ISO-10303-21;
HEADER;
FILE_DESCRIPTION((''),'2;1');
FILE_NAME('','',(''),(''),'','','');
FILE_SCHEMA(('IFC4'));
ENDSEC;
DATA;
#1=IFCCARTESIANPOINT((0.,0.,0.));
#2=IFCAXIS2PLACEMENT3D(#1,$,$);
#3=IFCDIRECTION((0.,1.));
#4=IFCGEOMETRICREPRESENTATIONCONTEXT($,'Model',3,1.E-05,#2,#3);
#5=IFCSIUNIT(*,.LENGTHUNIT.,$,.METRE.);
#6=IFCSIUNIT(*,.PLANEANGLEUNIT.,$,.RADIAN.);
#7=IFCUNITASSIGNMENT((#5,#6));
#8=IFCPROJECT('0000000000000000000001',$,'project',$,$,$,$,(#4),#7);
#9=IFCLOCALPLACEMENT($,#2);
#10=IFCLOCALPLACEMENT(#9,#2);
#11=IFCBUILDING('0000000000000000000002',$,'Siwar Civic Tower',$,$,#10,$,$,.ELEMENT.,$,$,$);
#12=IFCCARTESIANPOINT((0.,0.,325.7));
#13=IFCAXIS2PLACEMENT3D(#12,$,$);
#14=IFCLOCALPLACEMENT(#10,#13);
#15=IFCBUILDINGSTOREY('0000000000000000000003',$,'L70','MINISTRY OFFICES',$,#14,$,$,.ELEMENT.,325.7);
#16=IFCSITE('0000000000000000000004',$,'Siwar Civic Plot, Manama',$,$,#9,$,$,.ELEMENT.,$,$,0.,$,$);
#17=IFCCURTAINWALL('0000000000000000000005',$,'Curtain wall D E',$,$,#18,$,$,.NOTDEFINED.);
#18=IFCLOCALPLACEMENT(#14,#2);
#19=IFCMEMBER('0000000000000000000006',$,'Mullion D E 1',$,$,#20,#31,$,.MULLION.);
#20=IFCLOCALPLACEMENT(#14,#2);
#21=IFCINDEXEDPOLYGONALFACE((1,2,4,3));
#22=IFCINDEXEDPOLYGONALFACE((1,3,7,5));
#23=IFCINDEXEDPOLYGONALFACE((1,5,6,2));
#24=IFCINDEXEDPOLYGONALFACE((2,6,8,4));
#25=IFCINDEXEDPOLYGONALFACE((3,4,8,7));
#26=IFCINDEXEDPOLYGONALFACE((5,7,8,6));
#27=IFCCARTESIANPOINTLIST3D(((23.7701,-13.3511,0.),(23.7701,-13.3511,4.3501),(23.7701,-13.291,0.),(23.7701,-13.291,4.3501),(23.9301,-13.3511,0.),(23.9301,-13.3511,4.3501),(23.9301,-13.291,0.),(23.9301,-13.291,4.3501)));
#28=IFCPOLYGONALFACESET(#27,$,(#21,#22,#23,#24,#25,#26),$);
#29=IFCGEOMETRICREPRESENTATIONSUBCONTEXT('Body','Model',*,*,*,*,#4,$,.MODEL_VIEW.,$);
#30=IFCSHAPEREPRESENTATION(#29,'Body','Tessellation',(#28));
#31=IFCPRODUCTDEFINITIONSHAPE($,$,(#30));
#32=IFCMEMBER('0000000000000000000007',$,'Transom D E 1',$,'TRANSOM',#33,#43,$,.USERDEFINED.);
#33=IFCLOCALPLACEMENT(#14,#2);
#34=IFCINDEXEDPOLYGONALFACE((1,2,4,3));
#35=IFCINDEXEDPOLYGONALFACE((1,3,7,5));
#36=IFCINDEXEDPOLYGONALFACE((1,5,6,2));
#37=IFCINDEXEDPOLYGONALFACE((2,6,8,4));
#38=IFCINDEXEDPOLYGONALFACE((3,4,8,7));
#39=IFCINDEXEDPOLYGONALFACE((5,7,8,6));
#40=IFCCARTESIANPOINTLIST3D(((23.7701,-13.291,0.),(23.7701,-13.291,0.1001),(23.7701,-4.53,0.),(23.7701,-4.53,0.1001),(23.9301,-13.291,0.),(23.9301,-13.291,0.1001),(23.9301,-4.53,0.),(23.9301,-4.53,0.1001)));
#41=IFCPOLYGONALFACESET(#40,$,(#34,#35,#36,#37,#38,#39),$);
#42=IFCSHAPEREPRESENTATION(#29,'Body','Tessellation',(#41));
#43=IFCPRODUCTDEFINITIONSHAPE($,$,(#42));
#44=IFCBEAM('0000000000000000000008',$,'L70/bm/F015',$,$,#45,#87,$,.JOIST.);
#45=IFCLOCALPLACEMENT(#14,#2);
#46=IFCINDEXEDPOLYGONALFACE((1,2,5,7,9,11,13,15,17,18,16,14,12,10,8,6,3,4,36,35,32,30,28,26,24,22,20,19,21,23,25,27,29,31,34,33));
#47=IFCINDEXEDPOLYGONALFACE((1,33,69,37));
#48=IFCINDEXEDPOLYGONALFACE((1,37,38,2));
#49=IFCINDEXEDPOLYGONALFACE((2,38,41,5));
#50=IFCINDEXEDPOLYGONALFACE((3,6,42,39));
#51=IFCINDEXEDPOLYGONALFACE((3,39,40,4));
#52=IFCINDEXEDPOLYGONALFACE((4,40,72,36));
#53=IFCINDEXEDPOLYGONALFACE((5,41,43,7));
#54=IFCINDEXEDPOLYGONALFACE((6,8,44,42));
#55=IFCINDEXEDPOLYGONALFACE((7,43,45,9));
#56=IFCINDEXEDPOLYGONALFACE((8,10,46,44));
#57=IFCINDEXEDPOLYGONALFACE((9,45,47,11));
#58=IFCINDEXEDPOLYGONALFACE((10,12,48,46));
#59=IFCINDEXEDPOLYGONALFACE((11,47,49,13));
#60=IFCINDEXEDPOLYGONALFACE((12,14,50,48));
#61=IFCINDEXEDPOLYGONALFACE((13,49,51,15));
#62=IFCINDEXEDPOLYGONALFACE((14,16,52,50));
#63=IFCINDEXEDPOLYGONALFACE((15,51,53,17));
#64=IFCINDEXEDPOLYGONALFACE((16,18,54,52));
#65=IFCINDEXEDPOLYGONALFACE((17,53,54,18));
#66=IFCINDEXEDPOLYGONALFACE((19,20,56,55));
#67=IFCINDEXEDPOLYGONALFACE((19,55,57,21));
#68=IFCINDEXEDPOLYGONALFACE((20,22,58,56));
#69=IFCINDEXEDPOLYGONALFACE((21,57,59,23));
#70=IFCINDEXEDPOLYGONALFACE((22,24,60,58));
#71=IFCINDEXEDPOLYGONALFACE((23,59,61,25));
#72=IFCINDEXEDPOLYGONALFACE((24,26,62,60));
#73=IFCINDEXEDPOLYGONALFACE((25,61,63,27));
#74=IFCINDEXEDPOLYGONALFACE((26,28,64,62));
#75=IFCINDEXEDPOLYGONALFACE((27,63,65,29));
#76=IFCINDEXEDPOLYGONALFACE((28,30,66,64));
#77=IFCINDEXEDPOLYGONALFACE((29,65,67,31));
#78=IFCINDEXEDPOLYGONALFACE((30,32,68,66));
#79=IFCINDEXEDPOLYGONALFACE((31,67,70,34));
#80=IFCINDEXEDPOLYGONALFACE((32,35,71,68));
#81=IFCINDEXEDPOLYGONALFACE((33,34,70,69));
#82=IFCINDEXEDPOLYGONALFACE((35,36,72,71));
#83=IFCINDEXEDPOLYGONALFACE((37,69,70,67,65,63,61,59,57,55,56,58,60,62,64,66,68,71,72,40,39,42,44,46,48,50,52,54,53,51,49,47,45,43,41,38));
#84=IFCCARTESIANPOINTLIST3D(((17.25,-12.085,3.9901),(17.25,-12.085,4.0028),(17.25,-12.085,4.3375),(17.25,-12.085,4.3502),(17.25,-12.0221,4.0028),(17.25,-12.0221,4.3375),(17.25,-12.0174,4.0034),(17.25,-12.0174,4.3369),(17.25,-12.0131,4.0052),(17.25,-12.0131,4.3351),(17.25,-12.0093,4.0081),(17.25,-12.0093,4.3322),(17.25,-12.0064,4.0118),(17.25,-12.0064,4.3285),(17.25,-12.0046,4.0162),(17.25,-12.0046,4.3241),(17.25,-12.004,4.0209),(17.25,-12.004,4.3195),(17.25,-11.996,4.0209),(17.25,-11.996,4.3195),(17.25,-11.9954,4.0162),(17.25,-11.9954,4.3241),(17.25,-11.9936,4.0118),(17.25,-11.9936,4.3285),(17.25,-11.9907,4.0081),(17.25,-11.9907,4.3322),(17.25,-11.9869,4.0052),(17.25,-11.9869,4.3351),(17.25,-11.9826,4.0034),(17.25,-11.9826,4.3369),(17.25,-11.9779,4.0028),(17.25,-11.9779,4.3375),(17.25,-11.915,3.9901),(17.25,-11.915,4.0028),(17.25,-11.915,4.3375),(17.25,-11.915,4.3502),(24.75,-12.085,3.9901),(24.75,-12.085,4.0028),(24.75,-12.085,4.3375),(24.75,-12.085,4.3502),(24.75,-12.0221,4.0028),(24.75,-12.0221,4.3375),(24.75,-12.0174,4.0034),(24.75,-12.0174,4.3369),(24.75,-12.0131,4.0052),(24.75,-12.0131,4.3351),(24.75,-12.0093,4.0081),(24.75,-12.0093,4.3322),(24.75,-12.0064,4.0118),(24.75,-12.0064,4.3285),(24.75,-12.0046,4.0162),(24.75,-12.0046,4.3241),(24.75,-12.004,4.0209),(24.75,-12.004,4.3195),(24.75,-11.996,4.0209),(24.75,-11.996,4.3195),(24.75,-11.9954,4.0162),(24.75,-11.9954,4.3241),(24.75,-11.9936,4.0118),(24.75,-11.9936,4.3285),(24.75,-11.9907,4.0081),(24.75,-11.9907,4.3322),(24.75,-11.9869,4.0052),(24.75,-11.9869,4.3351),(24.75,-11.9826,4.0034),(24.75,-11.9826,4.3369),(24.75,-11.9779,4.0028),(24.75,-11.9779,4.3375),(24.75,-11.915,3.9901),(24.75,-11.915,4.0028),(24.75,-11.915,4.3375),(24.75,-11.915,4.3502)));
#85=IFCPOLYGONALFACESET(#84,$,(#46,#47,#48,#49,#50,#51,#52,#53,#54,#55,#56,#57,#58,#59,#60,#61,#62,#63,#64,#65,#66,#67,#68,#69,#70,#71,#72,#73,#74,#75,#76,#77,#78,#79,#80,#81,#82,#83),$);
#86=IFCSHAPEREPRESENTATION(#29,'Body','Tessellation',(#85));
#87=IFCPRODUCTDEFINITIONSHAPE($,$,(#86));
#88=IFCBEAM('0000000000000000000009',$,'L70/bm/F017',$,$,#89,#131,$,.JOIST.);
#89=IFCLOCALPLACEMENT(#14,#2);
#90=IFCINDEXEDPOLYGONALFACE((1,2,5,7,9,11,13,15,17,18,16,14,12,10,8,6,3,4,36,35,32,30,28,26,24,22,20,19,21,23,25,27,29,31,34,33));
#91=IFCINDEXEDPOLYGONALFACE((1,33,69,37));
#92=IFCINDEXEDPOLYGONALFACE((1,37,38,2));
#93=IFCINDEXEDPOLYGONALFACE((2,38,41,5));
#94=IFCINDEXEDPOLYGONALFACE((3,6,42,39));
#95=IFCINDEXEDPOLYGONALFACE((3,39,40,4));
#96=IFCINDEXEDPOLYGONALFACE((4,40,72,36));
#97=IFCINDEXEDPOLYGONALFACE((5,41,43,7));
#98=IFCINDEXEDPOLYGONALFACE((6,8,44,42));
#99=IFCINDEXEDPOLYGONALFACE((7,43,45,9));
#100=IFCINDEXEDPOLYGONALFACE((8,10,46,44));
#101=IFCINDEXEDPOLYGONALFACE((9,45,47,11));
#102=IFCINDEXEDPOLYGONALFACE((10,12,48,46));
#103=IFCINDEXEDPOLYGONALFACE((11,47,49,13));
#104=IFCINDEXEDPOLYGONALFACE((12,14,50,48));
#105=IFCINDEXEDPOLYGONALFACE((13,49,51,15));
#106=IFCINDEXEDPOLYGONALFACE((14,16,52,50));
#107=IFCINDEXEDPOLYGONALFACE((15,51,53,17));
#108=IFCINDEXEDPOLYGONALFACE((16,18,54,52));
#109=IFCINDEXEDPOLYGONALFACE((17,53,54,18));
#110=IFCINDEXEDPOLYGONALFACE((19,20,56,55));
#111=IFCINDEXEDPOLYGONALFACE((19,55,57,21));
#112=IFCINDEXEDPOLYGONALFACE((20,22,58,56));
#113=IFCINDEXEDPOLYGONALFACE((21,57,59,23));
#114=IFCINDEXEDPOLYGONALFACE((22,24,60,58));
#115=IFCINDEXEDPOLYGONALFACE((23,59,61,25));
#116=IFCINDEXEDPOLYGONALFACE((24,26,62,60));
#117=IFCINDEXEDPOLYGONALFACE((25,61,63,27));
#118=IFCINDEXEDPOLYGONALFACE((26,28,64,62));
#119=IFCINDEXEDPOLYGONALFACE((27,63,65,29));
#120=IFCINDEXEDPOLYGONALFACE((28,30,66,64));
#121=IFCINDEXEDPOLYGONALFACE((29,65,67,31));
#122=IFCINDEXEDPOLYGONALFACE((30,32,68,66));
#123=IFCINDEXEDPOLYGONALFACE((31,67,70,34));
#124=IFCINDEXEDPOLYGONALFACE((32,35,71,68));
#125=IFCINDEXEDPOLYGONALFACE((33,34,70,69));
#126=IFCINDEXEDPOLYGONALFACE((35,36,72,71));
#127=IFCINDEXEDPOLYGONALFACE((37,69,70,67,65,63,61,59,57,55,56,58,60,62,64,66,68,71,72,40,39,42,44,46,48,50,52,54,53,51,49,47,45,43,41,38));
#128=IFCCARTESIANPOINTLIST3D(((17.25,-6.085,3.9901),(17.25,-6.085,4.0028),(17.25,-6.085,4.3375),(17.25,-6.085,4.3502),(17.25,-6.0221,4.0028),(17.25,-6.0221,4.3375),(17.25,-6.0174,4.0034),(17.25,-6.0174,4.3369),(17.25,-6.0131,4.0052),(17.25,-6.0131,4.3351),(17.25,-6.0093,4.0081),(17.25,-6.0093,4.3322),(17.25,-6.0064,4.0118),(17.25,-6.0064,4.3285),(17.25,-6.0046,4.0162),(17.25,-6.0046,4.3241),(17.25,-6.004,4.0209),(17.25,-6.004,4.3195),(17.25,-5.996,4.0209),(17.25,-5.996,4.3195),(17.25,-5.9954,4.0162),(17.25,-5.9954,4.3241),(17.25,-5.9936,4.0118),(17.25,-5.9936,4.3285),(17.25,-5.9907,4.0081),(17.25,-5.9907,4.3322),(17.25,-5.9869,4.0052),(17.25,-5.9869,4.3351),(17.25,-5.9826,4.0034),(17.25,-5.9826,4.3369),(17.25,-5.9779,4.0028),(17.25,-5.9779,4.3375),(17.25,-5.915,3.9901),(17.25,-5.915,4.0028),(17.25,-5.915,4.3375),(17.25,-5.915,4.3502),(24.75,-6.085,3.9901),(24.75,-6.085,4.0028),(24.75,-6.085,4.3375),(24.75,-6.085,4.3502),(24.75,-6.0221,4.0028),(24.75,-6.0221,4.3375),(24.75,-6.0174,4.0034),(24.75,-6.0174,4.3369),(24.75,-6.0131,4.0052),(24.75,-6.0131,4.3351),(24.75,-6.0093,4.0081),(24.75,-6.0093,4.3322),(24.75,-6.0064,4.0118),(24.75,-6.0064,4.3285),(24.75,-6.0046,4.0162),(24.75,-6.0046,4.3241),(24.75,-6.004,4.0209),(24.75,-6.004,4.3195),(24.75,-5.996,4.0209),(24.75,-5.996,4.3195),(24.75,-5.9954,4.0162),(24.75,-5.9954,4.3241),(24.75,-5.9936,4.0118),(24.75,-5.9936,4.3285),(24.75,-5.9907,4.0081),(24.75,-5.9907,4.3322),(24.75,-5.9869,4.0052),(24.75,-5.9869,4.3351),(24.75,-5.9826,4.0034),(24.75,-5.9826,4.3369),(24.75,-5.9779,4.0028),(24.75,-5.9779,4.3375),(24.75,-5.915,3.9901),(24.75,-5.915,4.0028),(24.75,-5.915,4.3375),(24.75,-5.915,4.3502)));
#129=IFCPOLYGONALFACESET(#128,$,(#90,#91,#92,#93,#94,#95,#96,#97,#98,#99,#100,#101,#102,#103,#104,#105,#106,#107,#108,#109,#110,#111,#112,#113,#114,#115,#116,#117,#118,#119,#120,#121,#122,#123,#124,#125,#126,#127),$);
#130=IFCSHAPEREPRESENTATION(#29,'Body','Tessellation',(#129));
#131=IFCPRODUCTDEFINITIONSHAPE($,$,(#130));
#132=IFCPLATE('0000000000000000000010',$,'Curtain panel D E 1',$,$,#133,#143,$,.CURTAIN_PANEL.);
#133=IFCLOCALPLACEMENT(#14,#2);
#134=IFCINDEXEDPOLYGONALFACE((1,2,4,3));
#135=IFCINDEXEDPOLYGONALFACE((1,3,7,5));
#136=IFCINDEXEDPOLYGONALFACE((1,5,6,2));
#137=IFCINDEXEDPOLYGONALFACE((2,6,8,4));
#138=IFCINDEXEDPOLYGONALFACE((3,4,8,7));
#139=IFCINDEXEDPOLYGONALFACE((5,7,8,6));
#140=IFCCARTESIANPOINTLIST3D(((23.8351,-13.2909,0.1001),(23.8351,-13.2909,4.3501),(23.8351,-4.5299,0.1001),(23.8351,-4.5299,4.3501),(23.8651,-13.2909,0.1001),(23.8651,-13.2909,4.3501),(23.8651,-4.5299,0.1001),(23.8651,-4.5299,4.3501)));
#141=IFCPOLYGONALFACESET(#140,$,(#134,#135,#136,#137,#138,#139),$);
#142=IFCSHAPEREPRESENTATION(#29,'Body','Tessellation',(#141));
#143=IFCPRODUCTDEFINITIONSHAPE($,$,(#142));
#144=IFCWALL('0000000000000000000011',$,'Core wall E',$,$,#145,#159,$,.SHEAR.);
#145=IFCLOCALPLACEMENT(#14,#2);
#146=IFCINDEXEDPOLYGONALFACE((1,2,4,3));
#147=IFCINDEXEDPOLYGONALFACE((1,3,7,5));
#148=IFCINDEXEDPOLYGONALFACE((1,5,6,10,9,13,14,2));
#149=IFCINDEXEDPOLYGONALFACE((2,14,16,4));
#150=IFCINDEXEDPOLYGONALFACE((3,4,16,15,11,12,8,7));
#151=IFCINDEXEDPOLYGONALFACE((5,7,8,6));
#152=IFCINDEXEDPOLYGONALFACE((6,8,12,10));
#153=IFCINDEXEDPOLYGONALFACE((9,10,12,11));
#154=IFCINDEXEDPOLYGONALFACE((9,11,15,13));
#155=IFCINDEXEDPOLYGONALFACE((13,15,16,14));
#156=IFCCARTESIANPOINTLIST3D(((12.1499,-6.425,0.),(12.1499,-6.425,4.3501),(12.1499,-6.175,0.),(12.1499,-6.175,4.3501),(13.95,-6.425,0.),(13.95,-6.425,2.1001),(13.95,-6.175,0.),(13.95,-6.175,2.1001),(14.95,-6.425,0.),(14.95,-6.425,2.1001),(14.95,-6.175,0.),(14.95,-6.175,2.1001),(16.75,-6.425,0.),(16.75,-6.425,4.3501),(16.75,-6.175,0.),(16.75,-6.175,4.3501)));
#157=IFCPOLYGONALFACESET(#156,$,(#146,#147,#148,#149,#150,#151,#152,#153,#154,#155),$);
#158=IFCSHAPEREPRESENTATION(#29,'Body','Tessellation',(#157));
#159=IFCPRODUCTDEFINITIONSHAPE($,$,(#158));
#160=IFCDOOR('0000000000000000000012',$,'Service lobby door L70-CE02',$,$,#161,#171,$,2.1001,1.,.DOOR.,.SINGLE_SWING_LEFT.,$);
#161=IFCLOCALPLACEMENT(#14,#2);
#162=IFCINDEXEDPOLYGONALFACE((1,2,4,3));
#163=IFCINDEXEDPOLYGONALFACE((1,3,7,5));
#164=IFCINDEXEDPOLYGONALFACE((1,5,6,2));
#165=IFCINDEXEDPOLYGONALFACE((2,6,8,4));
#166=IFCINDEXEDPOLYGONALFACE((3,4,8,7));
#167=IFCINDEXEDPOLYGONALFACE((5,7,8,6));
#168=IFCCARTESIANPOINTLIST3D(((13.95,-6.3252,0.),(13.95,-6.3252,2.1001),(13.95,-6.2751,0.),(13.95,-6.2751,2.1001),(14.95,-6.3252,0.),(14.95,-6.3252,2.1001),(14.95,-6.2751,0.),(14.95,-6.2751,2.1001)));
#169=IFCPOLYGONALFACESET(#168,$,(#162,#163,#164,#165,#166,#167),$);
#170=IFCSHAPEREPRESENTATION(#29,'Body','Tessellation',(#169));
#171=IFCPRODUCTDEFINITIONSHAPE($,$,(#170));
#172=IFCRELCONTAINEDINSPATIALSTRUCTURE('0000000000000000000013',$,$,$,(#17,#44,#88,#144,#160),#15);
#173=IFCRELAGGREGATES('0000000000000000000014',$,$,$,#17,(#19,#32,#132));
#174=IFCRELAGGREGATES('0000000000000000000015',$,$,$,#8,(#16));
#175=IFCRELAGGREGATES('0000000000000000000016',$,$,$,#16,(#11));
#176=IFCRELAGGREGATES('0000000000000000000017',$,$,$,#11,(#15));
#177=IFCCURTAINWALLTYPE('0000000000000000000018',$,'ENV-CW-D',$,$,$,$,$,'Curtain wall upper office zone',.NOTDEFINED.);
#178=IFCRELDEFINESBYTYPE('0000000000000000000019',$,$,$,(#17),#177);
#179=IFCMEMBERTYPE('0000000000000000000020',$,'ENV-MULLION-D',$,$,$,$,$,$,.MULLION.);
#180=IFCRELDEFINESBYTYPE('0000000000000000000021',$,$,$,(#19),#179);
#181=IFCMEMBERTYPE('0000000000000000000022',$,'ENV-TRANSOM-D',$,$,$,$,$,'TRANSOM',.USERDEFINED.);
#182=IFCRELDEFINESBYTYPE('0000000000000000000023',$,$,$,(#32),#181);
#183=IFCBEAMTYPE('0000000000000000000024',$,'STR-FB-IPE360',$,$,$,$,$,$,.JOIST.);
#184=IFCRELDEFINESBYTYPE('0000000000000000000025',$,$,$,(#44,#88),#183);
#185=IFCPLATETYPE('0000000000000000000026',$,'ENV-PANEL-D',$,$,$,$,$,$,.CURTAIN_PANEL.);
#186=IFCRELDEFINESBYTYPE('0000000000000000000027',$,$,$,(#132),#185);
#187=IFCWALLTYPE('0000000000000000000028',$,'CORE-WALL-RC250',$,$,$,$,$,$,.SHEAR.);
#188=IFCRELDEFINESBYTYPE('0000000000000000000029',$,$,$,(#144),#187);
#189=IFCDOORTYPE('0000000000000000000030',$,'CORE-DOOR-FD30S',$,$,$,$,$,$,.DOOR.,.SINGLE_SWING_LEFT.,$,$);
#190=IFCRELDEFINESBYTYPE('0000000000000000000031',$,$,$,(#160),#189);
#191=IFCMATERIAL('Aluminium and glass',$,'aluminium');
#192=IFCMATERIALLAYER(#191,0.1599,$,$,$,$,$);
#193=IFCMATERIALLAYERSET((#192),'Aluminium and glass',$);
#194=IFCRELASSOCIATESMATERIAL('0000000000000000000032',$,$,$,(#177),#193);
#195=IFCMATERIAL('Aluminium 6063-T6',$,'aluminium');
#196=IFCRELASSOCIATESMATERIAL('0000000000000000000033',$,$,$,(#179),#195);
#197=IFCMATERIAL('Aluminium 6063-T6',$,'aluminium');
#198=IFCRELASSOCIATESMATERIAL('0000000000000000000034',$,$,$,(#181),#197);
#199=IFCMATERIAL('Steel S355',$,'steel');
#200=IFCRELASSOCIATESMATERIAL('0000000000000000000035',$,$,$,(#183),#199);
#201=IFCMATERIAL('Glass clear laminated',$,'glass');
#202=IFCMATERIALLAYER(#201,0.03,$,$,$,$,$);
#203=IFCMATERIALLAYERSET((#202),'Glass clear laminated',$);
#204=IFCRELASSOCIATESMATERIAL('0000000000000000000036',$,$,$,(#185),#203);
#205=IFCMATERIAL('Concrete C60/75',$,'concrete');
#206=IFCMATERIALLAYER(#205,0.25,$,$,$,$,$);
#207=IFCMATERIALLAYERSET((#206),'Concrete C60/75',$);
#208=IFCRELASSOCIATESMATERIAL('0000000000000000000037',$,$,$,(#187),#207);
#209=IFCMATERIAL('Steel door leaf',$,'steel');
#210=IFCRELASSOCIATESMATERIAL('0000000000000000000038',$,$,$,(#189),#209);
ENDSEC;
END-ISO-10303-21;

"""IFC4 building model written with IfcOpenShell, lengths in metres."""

from ifc_helpers import new_model, si_unit, direction, frame, frame_2d, origin, origin_2d, place, context, subcontext, project, spatial, rectangle, i_section, extrude, material, layer, layer_set, material_profile, profile_set, type_object, element, fill, aggregate, save


model = new_model("IFC4")

# Units and contexts
model_context = context("Model", 3, precision=1e-05, world=origin(), true_north=direction((0.0, 1.0)))
body_context = subcontext(model_context, "Body", "Model", "MODEL_VIEW")
ifc_project = project(units=[si_unit("LENGTHUNIT", "METRE"), si_unit("PLANEANGLEUNIT", "RADIAN")], contexts=[model_context])

# Site, building, storey
site_placement = place(None, origin())
site = spatial("IfcSite", under=ifc_project, at=site_placement, Name="Siwar Civic Plot, Manama", CompositionType="ELEMENT", RefElevation=0.0)
building_placement = place(site_placement, origin())
building = spatial("IfcBuilding", under=site, at=building_placement, Name="Siwar Civic Tower", CompositionType="ELEMENT")
storey_placement = place(building_placement, frame((0.0, 0.0, 325.7)))
storey = spatial("IfcBuildingStorey", under=building, at=storey_placement, Name="L70", Description="MINISTRY OFFICES", CompositionType="ELEMENT", Elevation=325.7)

# Curtain wall, members
ifc_material_1 = material(Name="Aluminium and glass", Category="aluminium")
ifc_layer_1 = layer(ifc_material_1, 0.1599)
ifc_layer_set_1 = layer_set([ifc_layer_1], Name="Aluminium and glass")
curtain_wall_type = type_object("IfcCurtainWallType", Name="ENV-CW-D", ElementType="Curtain wall upper office zone", PredefinedType="NOTDEFINED", material=ifc_layer_set_1)
curtain_wall_placement = place(storey_placement, origin())
curtain_wall = element("IfcCurtainWall", 1, at=curtain_wall_placement, inside=storey, type_object=curtain_wall_type, Name="Curtain wall D E", PredefinedType="NOTDEFINED")
ifc_material_2 = material(Name="Aluminium 6063-T6", Category="aluminium")
ifc_material_profile_1 = material_profile(ifc_material_2, rectangle(XDim=0.1599, YDim=0.0601, at=origin_2d()), Name="AL 160x60")
ifc_profile_set_1 = profile_set([ifc_material_profile_1], Name="Aluminium 6063-T6")
member_type_1 = type_object("IfcMemberType", Name="ENV-MULLION-D", PredefinedType="MULLION", material=ifc_profile_set_1)
member_1_placement = place(storey_placement, frame((23.8501, -13.321, 0.0), z_axis=(0.0, 0.0, 1.0), x_axis=(-1.0, 0.0, 0.0)))
member_1 = element("IfcMember", 2, at=member_1_placement, type_object=member_type_1, Name="Mullion D E 1", PredefinedType="MULLION", context=body_context, shape_type="SweptSolid", body=[
    extrude(rectangle(XDim=0.1599, YDim=0.0601, at=origin_2d()), origin(), (0.0, 0.0, 1.0), 4.3501),
])
ifc_material_3 = material(Name="Aluminium 6063-T6", Category="aluminium")
ifc_material_profile_2 = material_profile(ifc_material_3, rectangle(XDim=0.1599, YDim=0.1001, at=origin_2d()), Name="AL 160x100")
ifc_profile_set_2 = profile_set([ifc_material_profile_2], Name="Aluminium 6063-T6")
member_type_2 = type_object("IfcMemberType", Name="ENV-TRANSOM-D", ElementType="TRANSOM", PredefinedType="USERDEFINED", material=ifc_profile_set_2)
member_2_placement = place(storey_placement, frame((23.8501, -13.291, 0.05), z_axis=(0.0, 1.0, 0.0), x_axis=(-1.0, 0.0, 0.0)))
member_2 = element("IfcMember", 3, at=member_2_placement, type_object=member_type_2, Name="Transom D E 1", ObjectType="TRANSOM", PredefinedType="USERDEFINED", context=body_context, shape_type="SweptSolid", body=[
    extrude(rectangle(XDim=0.1599, YDim=0.1001, at=origin_2d()), origin(), (0.0, 0.0, 1.0), 8.761),
])

# Beams
ifc_material_4 = material(Name="Steel S355", Category="steel")
ifc_material_profile_3 = material_profile(ifc_material_4, i_section(OverallWidth=0.1699, OverallDepth=0.3601, WebThickness=0.0081, FlangeThickness=0.0127, FilletRadius=0.0181, at=origin_2d()), Name="IPE360")
ifc_profile_set_3 = profile_set([ifc_material_profile_3], Name="Steel S355")
beam_type = type_object("IfcBeamType", Name="STR-FB-IPE360", PredefinedType="JOIST", material=ifc_profile_set_3)
for number, where, z_axis, x_axis, name in (
    (4, (17.25, -12.0, 4.1702), (1.0, 0.0, 0.0), (0.0, 1.0, 0.0), "L70/bm/F015"),
    (5, (17.25, -6.0, 4.1702), (1.0, 0.0, 0.0), (0.0, 1.0, 0.0), "L70/bm/F017"),
):
    element("IfcBeam", number, at=place(storey_placement, frame(where, z_axis=z_axis, x_axis=x_axis)), inside=storey, type_object=beam_type, Name=name, PredefinedType="JOIST", context=body_context, shape_type="SweptSolid", body=[
        extrude(i_section(OverallWidth=0.1699, OverallDepth=0.3601, WebThickness=0.0081, FlangeThickness=0.0127, FilletRadius=0.0181, at=origin_2d()), origin(), (0.0, 0.0, 1.0), 7.5),
    ])

# Plate
ifc_material_5 = material(Name="Glass clear laminated", Category="glass")
ifc_layer_2 = layer(ifc_material_5, 0.03)
ifc_layer_set_2 = layer_set([ifc_layer_2], Name="Glass clear laminated")
plate_type = type_object("IfcPlateType", Name="ENV-PANEL-D", PredefinedType="CURTAIN_PANEL", material=ifc_layer_set_2)
plate_placement = place(storey_placement, frame((23.8501, -8.9104, 0.1001), z_axis=(0.0, 0.0, 1.0), x_axis=(0.0, 1.0, 0.0)))
plate = element("IfcPlate", 6, at=plate_placement, type_object=plate_type, Name="Curtain panel D E 1", PredefinedType="CURTAIN_PANEL", context=body_context, shape_type="SweptSolid", body=[
    extrude(rectangle(XDim=8.761, YDim=0.03, at=origin_2d()), origin(), (0.0, 0.0, 1.0), 4.25),
])
aggregate(curtain_wall, [member_1, member_2, plate])

# Wall, opening, door
ifc_material_6 = material(Name="Concrete C60/75", Category="concrete")
ifc_layer_3 = layer(ifc_material_6, 0.25)
ifc_layer_set_3 = layer_set([ifc_layer_3], Name="Concrete C60/75")
wall_type_1 = type_object("IfcWallType", Name="CORE-WALL-RC250", PredefinedType="SHEAR", material=ifc_layer_set_3)
wall_1_placement = place(storey_placement, frame((12.1499, -6.3, 0.0), z_axis=(0.0, 0.0, 1.0), x_axis=(1.0, 0.0, 0.0)))
wall_1 = element("IfcWall", 7, at=wall_1_placement, inside=storey, type_object=wall_type_1, Name="Core wall E", PredefinedType="SHEAR", context=body_context, shape_type="SweptSolid", body=[
    extrude(rectangle(XDim=4.6001, YDim=0.25, at=frame_2d((2.3, 0.0))), origin(), (0.0, 0.0, 1.0), 4.3501),
])
opening_1_placement = place(wall_1_placement, frame((1.8, 0.0, 0.0)))
opening_1 = element("IfcOpeningElement", 8, at=opening_1_placement, cuts=wall_1, PredefinedType="OPENING", context=body_context, shape_type="SweptSolid", body=[
    extrude(rectangle(XDim=1.0, YDim=2.1001, at=frame_2d((0.5, 1.05))), frame((0.0, 0.135, 0.0), z_axis=(0.0, -1.0, 0.0), x_axis=(1.0, 0.0, 0.0)), (0.0, 0.0, 1.0), 0.27),
])
ifc_material_7 = material(Name="Steel door leaf", Category="steel")
door_type_1 = type_object("IfcDoorType", Name="CORE-DOOR-FD30S", OperationType="SINGLE_SWING_LEFT", PredefinedType="DOOR", material=ifc_material_7)
door_1_placement = place(opening_1_placement, origin())
door_1 = element("IfcDoor", 9, at=door_1_placement, inside=storey, type_object=door_type_1, Name="Service lobby door L70-CE02", OperationType="SINGLE_SWING_LEFT", OverallHeight=2.1001, OverallWidth=1.0, PredefinedType="DOOR", context=body_context, shape_type="SweptSolid", body=[
    extrude(rectangle(XDim=1.0, YDim=2.1001, at=frame_2d((0.5, 1.05))), frame((0.0, 0.0249, 0.0), z_axis=(0.0, -1.0, 0.0), x_axis=(1.0, 0.0, 0.0)), (0.0, 0.0, 1.0), 0.05),
])
fill(opening_1, door_1)

save(model, "model.ifc")
